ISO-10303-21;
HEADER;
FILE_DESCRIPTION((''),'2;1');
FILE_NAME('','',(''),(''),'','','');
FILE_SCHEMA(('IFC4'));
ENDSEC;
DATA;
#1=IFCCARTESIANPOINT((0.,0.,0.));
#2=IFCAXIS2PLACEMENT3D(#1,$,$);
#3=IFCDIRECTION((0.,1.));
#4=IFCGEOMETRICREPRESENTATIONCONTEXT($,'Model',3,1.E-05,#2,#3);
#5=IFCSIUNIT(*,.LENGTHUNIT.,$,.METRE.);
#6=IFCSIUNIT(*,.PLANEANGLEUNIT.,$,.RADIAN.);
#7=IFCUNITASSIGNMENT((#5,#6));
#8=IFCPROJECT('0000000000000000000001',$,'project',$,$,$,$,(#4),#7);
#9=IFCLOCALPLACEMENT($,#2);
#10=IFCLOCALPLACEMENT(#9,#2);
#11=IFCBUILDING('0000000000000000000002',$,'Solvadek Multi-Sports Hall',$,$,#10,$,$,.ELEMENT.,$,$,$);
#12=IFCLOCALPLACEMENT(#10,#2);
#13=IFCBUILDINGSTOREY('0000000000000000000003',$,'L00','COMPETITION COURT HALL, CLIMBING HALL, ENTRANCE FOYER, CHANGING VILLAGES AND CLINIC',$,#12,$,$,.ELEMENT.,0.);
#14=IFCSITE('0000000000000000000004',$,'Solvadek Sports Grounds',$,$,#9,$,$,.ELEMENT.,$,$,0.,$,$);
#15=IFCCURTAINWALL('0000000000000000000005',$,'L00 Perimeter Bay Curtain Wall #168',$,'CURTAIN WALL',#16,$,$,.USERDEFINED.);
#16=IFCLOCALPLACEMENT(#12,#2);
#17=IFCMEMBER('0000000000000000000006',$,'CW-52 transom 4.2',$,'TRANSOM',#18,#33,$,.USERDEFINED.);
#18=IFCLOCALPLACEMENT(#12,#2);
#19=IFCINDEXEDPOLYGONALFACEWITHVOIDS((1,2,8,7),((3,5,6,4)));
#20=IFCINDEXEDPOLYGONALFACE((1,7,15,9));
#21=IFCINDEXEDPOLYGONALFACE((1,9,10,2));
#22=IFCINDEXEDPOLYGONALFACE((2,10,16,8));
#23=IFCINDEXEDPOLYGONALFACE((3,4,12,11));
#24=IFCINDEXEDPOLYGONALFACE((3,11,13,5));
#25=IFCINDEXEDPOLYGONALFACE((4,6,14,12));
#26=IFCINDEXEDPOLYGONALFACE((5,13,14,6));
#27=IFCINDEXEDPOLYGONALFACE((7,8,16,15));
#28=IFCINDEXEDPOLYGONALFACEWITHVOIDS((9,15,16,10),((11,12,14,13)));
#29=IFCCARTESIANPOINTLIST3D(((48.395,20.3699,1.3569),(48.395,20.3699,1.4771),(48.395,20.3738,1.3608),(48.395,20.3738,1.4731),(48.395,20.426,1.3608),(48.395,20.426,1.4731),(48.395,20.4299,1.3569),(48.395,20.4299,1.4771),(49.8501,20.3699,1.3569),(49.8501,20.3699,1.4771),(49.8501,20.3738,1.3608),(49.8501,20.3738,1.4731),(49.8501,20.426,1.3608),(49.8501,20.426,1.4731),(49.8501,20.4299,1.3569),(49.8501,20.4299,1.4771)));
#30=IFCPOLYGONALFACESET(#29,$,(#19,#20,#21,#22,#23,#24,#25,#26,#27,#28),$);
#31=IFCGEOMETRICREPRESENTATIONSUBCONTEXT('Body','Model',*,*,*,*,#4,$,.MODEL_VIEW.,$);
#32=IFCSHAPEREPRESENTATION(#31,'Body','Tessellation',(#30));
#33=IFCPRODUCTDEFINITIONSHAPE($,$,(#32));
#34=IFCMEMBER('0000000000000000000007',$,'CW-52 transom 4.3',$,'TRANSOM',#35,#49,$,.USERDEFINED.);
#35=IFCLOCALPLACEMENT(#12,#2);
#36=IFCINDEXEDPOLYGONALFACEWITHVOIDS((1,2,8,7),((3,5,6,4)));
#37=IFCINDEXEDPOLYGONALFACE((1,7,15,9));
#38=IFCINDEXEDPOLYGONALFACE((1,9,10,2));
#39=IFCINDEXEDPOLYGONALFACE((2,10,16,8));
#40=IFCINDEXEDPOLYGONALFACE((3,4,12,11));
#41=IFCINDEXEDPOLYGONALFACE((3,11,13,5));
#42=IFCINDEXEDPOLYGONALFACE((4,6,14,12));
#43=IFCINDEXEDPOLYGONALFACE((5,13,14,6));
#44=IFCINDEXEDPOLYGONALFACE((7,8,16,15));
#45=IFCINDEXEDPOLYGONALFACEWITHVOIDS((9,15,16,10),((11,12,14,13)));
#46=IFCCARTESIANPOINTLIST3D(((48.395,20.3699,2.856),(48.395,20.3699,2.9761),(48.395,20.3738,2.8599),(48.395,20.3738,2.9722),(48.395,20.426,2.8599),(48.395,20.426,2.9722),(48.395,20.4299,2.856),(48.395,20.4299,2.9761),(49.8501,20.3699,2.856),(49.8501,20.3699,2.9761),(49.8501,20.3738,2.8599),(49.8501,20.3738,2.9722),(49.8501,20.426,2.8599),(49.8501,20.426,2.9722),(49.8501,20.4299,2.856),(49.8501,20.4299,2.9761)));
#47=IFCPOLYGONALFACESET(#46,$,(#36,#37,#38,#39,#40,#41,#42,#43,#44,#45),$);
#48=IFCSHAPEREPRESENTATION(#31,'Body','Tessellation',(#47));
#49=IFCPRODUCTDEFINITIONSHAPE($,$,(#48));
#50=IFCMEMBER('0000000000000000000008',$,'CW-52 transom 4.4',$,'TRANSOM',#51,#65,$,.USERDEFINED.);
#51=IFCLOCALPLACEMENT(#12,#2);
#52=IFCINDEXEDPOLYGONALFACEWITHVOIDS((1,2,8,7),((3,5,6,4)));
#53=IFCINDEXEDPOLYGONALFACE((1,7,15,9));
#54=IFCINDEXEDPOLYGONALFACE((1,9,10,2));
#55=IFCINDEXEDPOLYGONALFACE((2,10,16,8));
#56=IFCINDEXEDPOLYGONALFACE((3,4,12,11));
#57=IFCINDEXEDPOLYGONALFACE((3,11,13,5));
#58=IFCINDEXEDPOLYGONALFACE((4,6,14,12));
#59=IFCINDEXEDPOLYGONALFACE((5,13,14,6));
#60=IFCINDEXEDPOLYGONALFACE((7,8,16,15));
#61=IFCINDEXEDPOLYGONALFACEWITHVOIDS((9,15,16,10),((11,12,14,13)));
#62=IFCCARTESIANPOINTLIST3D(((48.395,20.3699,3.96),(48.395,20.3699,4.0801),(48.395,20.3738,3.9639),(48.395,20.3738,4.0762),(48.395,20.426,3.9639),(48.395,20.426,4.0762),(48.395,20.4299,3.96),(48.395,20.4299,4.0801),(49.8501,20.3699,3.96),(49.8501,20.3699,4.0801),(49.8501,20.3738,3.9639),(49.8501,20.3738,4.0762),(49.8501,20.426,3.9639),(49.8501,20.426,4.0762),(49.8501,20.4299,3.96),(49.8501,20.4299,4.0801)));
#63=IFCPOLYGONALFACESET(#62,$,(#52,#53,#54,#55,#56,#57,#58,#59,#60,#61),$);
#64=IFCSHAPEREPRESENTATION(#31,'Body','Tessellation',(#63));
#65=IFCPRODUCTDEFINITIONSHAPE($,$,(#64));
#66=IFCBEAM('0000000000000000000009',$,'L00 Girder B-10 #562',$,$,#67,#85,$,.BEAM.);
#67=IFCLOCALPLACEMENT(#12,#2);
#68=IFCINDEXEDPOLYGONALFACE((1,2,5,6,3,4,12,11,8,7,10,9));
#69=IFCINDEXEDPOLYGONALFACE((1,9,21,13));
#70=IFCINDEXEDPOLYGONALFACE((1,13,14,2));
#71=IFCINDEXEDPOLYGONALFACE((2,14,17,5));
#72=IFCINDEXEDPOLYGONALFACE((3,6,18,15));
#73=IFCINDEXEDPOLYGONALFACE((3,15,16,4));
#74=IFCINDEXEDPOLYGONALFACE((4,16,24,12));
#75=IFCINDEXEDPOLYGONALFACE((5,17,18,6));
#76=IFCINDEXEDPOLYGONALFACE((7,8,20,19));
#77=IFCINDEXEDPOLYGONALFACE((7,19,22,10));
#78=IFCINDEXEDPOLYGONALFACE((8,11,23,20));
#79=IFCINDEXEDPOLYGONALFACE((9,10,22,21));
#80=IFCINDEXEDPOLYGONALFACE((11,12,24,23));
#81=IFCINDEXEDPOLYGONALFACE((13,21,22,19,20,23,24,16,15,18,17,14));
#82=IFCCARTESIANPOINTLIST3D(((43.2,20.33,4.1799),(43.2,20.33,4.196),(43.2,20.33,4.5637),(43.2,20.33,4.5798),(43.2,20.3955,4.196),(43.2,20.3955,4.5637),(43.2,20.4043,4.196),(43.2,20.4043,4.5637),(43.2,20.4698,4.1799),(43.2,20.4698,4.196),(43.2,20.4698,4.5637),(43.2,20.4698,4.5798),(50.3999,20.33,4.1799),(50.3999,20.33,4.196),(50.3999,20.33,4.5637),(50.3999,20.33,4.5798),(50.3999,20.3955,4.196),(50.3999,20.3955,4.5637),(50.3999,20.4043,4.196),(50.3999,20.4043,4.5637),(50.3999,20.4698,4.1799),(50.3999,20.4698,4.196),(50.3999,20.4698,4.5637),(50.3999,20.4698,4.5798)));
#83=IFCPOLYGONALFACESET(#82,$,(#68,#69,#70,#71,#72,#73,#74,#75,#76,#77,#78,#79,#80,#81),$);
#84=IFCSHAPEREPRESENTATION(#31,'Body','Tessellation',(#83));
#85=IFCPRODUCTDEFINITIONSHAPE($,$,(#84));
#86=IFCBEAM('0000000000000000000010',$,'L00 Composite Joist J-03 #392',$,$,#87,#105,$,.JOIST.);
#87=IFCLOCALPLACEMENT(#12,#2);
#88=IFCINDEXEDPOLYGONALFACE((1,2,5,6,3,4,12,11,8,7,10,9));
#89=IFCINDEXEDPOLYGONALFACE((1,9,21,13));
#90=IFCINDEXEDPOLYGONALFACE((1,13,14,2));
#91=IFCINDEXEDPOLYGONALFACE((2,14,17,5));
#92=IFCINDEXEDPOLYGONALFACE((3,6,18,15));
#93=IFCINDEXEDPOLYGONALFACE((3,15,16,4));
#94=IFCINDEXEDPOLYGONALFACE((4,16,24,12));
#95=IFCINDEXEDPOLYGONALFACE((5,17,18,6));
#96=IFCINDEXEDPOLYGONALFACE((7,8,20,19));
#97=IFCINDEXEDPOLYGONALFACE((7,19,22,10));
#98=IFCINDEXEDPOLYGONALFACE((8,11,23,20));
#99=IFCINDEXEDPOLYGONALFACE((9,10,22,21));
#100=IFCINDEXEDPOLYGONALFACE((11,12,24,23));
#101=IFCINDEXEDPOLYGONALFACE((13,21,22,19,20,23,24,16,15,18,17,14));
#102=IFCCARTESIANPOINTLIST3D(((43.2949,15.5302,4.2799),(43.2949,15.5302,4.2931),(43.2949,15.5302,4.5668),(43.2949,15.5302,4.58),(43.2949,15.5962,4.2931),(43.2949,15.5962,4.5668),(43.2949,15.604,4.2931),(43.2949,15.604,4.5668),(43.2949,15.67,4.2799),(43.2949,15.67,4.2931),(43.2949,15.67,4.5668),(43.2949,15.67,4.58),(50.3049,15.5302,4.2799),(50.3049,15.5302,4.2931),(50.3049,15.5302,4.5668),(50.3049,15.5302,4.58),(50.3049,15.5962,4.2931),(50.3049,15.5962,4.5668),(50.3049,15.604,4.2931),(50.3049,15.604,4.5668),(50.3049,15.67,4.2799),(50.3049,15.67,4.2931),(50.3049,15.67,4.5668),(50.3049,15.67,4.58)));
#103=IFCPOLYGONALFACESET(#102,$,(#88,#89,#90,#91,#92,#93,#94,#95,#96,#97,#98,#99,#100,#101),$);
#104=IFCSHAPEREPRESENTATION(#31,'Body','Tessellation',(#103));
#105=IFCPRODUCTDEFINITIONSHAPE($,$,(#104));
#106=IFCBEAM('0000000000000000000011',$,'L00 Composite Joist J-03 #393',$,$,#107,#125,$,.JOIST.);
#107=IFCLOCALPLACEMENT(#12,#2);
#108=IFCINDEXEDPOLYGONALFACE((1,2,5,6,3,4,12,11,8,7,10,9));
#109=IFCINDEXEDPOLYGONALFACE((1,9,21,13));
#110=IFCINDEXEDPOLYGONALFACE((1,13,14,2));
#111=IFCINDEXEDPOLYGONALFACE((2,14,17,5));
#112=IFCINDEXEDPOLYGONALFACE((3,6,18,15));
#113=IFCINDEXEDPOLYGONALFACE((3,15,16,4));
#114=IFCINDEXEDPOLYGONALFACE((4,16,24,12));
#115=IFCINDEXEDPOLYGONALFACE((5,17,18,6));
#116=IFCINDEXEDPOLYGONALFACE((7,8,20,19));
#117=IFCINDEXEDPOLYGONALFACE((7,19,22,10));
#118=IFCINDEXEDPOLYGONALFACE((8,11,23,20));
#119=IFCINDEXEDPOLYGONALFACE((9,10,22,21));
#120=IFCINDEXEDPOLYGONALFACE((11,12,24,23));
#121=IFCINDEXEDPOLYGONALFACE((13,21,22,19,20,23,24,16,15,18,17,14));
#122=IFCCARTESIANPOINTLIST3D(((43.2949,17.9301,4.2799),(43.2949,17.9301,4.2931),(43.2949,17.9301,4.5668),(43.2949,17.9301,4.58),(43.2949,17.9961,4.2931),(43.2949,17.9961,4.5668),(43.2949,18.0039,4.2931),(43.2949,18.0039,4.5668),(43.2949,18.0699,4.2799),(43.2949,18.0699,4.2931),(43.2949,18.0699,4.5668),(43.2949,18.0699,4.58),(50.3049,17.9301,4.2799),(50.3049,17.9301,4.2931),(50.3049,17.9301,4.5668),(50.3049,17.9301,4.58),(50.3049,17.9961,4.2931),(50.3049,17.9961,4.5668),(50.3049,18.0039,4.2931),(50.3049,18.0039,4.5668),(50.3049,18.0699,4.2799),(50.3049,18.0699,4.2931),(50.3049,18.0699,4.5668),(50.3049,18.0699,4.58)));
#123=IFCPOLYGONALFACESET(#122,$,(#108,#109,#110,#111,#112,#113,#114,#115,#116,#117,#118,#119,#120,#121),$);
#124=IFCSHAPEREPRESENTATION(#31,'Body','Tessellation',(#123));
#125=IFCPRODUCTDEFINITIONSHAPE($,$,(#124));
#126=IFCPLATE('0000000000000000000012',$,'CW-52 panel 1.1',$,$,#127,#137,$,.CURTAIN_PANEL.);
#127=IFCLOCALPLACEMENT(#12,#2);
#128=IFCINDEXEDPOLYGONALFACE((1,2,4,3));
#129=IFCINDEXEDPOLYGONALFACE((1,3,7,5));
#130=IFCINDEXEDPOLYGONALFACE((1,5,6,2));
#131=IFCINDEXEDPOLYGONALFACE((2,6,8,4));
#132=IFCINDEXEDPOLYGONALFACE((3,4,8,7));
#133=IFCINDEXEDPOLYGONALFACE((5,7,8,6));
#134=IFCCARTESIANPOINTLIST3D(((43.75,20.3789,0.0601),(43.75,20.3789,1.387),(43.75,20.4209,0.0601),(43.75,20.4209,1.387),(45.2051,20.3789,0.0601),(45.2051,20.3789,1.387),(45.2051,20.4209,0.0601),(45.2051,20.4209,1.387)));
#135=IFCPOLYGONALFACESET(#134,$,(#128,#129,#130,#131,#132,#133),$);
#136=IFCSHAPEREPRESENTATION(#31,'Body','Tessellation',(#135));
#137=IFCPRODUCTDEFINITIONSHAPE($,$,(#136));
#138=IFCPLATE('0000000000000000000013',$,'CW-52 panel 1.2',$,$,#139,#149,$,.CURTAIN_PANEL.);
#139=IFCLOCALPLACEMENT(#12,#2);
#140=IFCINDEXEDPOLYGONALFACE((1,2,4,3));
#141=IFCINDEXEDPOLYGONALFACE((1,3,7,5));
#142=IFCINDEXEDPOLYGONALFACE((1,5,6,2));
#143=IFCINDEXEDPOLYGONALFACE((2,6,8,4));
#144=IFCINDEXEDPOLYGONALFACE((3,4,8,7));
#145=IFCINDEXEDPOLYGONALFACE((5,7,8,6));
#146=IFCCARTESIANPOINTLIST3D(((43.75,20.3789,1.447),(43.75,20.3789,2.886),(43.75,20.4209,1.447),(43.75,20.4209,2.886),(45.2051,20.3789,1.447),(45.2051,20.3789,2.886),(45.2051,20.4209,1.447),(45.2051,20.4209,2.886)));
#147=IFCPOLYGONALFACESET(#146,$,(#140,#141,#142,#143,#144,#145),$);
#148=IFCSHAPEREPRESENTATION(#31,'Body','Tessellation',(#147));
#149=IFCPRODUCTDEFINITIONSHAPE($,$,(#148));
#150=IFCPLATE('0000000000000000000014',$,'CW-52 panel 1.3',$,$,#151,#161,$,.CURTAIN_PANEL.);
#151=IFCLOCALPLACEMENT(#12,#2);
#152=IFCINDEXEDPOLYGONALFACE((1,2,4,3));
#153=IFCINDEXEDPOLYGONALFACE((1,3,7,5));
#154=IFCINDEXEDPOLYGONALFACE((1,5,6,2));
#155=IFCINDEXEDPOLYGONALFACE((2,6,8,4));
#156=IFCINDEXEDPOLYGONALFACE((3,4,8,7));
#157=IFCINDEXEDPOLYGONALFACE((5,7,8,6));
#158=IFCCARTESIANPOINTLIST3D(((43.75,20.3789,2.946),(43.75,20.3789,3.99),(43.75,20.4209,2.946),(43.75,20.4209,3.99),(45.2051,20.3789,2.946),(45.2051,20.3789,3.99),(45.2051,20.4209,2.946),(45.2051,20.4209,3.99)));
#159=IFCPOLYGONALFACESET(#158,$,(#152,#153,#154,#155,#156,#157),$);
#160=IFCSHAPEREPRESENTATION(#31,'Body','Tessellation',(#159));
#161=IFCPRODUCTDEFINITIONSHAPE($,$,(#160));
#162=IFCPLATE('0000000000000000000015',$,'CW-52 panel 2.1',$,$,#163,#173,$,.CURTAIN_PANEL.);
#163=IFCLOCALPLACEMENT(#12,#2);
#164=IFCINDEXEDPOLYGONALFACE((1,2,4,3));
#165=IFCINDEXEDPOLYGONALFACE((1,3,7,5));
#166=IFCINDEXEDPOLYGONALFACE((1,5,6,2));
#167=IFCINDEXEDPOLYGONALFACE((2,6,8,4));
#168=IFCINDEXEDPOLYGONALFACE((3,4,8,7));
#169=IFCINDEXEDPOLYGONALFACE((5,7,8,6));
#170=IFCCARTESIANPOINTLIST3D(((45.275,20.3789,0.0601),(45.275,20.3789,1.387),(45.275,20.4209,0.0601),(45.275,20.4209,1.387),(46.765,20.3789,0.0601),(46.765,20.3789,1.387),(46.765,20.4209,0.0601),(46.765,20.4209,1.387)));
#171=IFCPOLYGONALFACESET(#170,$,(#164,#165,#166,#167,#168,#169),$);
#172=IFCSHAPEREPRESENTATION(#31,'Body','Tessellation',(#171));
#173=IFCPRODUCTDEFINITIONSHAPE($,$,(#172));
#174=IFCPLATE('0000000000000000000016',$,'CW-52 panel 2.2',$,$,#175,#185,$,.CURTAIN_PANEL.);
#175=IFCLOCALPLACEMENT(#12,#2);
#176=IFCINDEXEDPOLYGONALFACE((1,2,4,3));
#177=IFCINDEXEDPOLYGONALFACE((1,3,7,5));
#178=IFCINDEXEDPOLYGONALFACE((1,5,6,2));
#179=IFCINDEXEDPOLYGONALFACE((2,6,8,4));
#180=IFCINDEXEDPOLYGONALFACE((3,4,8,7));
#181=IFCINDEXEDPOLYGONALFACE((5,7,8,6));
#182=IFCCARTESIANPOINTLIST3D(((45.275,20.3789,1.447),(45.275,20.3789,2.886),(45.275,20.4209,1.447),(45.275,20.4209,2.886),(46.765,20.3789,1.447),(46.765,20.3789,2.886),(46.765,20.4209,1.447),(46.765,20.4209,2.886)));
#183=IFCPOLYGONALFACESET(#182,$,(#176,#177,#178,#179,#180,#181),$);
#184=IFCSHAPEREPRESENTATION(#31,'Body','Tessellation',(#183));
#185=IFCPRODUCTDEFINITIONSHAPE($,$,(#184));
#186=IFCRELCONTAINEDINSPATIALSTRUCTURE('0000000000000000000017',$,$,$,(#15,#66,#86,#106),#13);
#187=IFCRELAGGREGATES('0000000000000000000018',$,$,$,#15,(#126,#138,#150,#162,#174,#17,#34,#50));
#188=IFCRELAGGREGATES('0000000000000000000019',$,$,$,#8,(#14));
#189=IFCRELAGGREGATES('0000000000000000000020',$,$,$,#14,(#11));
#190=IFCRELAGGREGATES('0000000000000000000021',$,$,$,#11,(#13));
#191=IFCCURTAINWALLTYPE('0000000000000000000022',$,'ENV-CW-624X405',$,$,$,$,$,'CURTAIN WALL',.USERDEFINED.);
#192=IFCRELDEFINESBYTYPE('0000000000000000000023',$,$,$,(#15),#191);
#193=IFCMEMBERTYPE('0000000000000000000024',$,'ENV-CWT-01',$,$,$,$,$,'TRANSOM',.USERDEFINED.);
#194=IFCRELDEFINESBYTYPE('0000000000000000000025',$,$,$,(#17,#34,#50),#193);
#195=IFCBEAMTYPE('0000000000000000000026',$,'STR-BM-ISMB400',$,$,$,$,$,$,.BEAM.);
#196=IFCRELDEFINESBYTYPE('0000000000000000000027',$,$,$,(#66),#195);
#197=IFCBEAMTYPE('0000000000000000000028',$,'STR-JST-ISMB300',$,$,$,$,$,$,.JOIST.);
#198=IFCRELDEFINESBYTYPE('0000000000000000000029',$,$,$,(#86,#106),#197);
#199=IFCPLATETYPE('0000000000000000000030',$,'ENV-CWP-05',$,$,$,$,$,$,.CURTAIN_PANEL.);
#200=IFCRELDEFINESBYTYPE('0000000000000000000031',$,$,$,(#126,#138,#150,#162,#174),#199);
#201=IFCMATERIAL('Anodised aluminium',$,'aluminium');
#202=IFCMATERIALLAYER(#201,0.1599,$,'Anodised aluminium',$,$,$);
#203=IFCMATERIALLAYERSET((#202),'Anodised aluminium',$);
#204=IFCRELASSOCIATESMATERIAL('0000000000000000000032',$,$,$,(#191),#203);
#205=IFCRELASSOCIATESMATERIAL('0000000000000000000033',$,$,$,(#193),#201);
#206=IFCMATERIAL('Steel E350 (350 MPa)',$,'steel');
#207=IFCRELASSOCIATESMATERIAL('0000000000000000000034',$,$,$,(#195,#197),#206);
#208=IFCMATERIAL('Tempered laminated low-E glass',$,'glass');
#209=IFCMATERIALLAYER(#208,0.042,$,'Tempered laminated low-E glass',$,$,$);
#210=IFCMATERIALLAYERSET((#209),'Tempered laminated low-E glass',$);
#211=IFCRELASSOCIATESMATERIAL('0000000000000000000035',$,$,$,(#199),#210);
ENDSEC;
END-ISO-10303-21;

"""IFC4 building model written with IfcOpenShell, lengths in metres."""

from ifc_helpers import new_model, si_unit, direction, frame, origin, origin_2d, place, context, subcontext, project, spatial, rectangle, hollow_rectangle, i_section, extrude, material, layer, layer_set, material_profile, profile_set, type_object, element, aggregate, save


model = new_model("IFC4")

# Units and contexts
model_context = context("Model", 3, precision=1e-05, world=origin(), true_north=direction((0.0, 1.0)))
body_context = subcontext(model_context, "Body", "Model", "MODEL_VIEW")
ifc_project = project(units=[si_unit("LENGTHUNIT", "METRE"), si_unit("PLANEANGLEUNIT", "RADIAN")], contexts=[model_context])

# Site, building, storey
site_placement = place(None, origin())
site = spatial("IfcSite", under=ifc_project, at=site_placement, Name="Solvadek Sports Grounds", CompositionType="ELEMENT", RefElevation=0.0)
building_placement = place(site_placement, origin())
building = spatial("IfcBuilding", under=site, at=building_placement, Name="Solvadek Multi-Sports Hall", CompositionType="ELEMENT")
storey_placement = place(building_placement, origin())
storey = spatial("IfcBuildingStorey", under=building, at=storey_placement, Name="L00", Description="COMPETITION COURT HALL, CLIMBING HALL, ENTRANCE FOYER, CHANGING VILLAGES AND CLINIC", CompositionType="ELEMENT", Elevation=0.0)

# Shared definitions
ifc_material_1 = material(Name="Steel E350 (350 MPa)", Category="steel")

# Curtain wall, members
ifc_material_2 = material(Name="Anodised aluminium", Category="aluminium")
ifc_layer_1 = layer(ifc_material_2, 0.1599, Name="Anodised aluminium")
ifc_layer_set_1 = layer_set([ifc_layer_1], Name="Anodised aluminium")
curtain_wall_type = type_object("IfcCurtainWallType", Name="ENV-CW-624X405", ElementType="CURTAIN WALL", PredefinedType="USERDEFINED", material=ifc_layer_set_1)
curtain_wall_placement = place(storey_placement, origin())
curtain_wall = element("IfcCurtainWall", 1, at=curtain_wall_placement, inside=storey, type_object=curtain_wall_type, Name="L00 Perimeter Bay Curtain Wall #168", ObjectType="CURTAIN WALL", PredefinedType="USERDEFINED")
ifc_material_profile_1 = material_profile(ifc_material_2, hollow_rectangle(XDim=0.0601, YDim=0.1201, WallThickness=0.0039, at=origin_2d()), Name="ALU-T 120x60x4")
ifc_profile_set_1 = profile_set([ifc_material_profile_1], Name="Anodised aluminium")
member_type_1 = type_object("IfcMemberType", Name="ENV-CWT-01", ElementType="TRANSOM", PredefinedType="USERDEFINED", material=ifc_profile_set_1)
member_1_placement = place(storey_placement, frame((48.395, 20.3999, 1.417), z_axis=(1.0, 0.0, 0.0), x_axis=(0.0, 1.0, 0.0)))
member_1 = element("IfcMember", 2, at=member_1_placement, type_object=member_type_1, Name="CW-52 transom 4.2", ObjectType="TRANSOM", PredefinedType="USERDEFINED", context=body_context, shape_type="SweptSolid", body=[
    extrude(hollow_rectangle(XDim=0.0601, YDim=0.1201, WallThickness=0.0039, at=origin_2d()), origin(), (0.0, 0.0, 1.0), 1.4551),
])
member_2_placement = place(storey_placement, frame((48.395, 20.3999, 2.916), z_axis=(1.0, 0.0, 0.0), x_axis=(0.0, 1.0, 0.0)))
member_2 = element("IfcMember", 3, at=member_2_placement, type_object=member_type_1, Name="CW-52 transom 4.3", ObjectType="TRANSOM", PredefinedType="USERDEFINED", context=body_context, shape_type="SweptSolid", body=[
    extrude(hollow_rectangle(XDim=0.0601, YDim=0.1201, WallThickness=0.0039, at=origin_2d()), origin(), (0.0, 0.0, 1.0), 1.4551),
])
member_3_placement = place(storey_placement, frame((48.395, 20.3999, 4.02), z_axis=(1.0, 0.0, 0.0), x_axis=(0.0, 1.0, 0.0)))
member_3 = element("IfcMember", 4, at=member_3_placement, type_object=member_type_1, Name="CW-52 transom 4.4", ObjectType="TRANSOM", PredefinedType="USERDEFINED", context=body_context, shape_type="SweptSolid", body=[
    extrude(hollow_rectangle(XDim=0.0601, YDim=0.1201, WallThickness=0.0039, at=origin_2d()), origin(), (0.0, 0.0, 1.0), 1.4551),
])

# Beams
ifc_material_profile_2 = material_profile(ifc_material_1, i_section(OverallWidth=0.1399, OverallDepth=0.3999, WebThickness=0.0088, FlangeThickness=0.0161, at=origin_2d()), Name="ISMB 400")
ifc_profile_set_2 = profile_set([ifc_material_profile_2], Name="Steel E350 (350 MPa)")
beam_type_1 = type_object("IfcBeamType", Name="STR-BM-ISMB400", PredefinedType="BEAM", material=ifc_profile_set_2)
beam_placement = place(storey_placement, frame((43.2, 20.3999, 4.3799), z_axis=(1.0, 0.0, 0.0), x_axis=(0.0, 1.0, 0.0)))
element("IfcBeam", 5, at=beam_placement, inside=storey, type_object=beam_type_1, Name="L00 Girder B-10 #562", PredefinedType="BEAM", context=body_context, shape_type="SweptSolid", body=[
    extrude(i_section(OverallWidth=0.1399, OverallDepth=0.3999, WebThickness=0.0088, FlangeThickness=0.0161, at=origin_2d()), origin(), (0.0, 0.0, 1.0), 7.2),
])
ifc_material_profile_3 = material_profile(ifc_material_1, i_section(OverallWidth=0.1399, OverallDepth=0.3, WebThickness=0.0078, FlangeThickness=0.0132, at=origin_2d()), Name="ISMB 300")
ifc_profile_set_3 = profile_set([ifc_material_profile_3], Name="Steel E350 (350 MPa)")
beam_type_2 = type_object("IfcBeamType", Name="STR-JST-ISMB300", PredefinedType="JOIST", material=ifc_profile_set_3)
for number, where, z_axis, x_axis, name in (
    (6, (43.2949, 15.6001, 4.4299), (1.0, 0.0, 0.0), (0.0, 1.0, 0.0), "L00 Composite Joist J-03 #392"),
    (7, (43.2949, 18.0, 4.4299), (1.0, 0.0, 0.0), (0.0, 1.0, 0.0), "L00 Composite Joist J-03 #393"),
):
    element("IfcBeam", number, at=place(storey_placement, frame(where, z_axis=z_axis, x_axis=x_axis)), inside=storey, type_object=beam_type_2, Name=name, PredefinedType="JOIST", context=body_context, shape_type="SweptSolid", body=[
        extrude(i_section(OverallWidth=0.1399, OverallDepth=0.3, WebThickness=0.0078, FlangeThickness=0.0132, at=origin_2d()), origin(), (0.0, 0.0, 1.0), 7.01),
    ])

# Plates
ifc_material_3 = material(Name="Tempered laminated low-E glass", Category="glass")
ifc_layer_2 = layer(ifc_material_3, 0.042, Name="Tempered laminated low-E glass")
ifc_layer_set_2 = layer_set([ifc_layer_2], Name="Tempered laminated low-E glass")
plate_type = type_object("IfcPlateType", Name="ENV-CWP-05", PredefinedType="CURTAIN_PANEL", material=ifc_layer_set_2)
plate_1_placement = place(storey_placement, frame((44.4775, 20.3999, 0.0601), z_axis=(0.0, 0.0, 1.0), x_axis=(1.0, 0.0, 0.0)))
plate_1 = element("IfcPlate", 8, at=plate_1_placement, type_object=plate_type, Name="CW-52 panel 1.1", PredefinedType="CURTAIN_PANEL", context=body_context, shape_type="SweptSolid", body=[
    extrude(rectangle(XDim=1.4551, YDim=0.042, at=origin_2d()), origin(), (0.0, 0.0, 1.0), 1.3269),
])
plate_2_placement = place(storey_placement, frame((44.4775, 20.3999, 1.447), z_axis=(0.0, 0.0, 1.0), x_axis=(1.0, 0.0, 0.0)))
plate_2 = element("IfcPlate", 9, at=plate_2_placement, type_object=plate_type, Name="CW-52 panel 1.2", PredefinedType="CURTAIN_PANEL", context=body_context, shape_type="SweptSolid", body=[
    extrude(rectangle(XDim=1.4551, YDim=0.042, at=origin_2d()), origin(), (0.0, 0.0, 1.0), 1.439),
])
plate_3_placement = place(storey_placement, frame((44.4775, 20.3999, 2.946), z_axis=(0.0, 0.0, 1.0), x_axis=(1.0, 0.0, 0.0)))
plate_3 = element("IfcPlate", 10, at=plate_3_placement, type_object=plate_type, Name="CW-52 panel 1.3", PredefinedType="CURTAIN_PANEL", context=body_context, shape_type="SweptSolid", body=[
    extrude(rectangle(XDim=1.4551, YDim=0.042, at=origin_2d()), origin(), (0.0, 0.0, 1.0), 1.0439),
])
plate_4_placement = place(storey_placement, frame((46.02, 20.3999, 0.0601), z_axis=(0.0, 0.0, 1.0), x_axis=(1.0, 0.0, 0.0)))
plate_4 = element("IfcPlate", 11, at=plate_4_placement, type_object=plate_type, Name="CW-52 panel 2.1", PredefinedType="CURTAIN_PANEL", context=body_context, shape_type="SweptSolid", body=[
    extrude(rectangle(XDim=1.49, YDim=0.042, at=origin_2d()), origin(), (0.0, 0.0, 1.0), 1.3269),
])
plate_5_placement = place(storey_placement, frame((46.02, 20.3999, 1.447), z_axis=(0.0, 0.0, 1.0), x_axis=(1.0, 0.0, 0.0)))
plate_5 = element("IfcPlate", 12, at=plate_5_placement, type_object=plate_type, Name="CW-52 panel 2.2", PredefinedType="CURTAIN_PANEL", context=body_context, shape_type="SweptSolid", body=[
    extrude(rectangle(XDim=1.49, YDim=0.042, at=origin_2d()), origin(), (0.0, 0.0, 1.0), 1.439),
])
aggregate(curtain_wall, [plate_1, plate_2, plate_3, plate_4, plate_5, member_1, member_2, member_3])

save(model, "model.ifc")
